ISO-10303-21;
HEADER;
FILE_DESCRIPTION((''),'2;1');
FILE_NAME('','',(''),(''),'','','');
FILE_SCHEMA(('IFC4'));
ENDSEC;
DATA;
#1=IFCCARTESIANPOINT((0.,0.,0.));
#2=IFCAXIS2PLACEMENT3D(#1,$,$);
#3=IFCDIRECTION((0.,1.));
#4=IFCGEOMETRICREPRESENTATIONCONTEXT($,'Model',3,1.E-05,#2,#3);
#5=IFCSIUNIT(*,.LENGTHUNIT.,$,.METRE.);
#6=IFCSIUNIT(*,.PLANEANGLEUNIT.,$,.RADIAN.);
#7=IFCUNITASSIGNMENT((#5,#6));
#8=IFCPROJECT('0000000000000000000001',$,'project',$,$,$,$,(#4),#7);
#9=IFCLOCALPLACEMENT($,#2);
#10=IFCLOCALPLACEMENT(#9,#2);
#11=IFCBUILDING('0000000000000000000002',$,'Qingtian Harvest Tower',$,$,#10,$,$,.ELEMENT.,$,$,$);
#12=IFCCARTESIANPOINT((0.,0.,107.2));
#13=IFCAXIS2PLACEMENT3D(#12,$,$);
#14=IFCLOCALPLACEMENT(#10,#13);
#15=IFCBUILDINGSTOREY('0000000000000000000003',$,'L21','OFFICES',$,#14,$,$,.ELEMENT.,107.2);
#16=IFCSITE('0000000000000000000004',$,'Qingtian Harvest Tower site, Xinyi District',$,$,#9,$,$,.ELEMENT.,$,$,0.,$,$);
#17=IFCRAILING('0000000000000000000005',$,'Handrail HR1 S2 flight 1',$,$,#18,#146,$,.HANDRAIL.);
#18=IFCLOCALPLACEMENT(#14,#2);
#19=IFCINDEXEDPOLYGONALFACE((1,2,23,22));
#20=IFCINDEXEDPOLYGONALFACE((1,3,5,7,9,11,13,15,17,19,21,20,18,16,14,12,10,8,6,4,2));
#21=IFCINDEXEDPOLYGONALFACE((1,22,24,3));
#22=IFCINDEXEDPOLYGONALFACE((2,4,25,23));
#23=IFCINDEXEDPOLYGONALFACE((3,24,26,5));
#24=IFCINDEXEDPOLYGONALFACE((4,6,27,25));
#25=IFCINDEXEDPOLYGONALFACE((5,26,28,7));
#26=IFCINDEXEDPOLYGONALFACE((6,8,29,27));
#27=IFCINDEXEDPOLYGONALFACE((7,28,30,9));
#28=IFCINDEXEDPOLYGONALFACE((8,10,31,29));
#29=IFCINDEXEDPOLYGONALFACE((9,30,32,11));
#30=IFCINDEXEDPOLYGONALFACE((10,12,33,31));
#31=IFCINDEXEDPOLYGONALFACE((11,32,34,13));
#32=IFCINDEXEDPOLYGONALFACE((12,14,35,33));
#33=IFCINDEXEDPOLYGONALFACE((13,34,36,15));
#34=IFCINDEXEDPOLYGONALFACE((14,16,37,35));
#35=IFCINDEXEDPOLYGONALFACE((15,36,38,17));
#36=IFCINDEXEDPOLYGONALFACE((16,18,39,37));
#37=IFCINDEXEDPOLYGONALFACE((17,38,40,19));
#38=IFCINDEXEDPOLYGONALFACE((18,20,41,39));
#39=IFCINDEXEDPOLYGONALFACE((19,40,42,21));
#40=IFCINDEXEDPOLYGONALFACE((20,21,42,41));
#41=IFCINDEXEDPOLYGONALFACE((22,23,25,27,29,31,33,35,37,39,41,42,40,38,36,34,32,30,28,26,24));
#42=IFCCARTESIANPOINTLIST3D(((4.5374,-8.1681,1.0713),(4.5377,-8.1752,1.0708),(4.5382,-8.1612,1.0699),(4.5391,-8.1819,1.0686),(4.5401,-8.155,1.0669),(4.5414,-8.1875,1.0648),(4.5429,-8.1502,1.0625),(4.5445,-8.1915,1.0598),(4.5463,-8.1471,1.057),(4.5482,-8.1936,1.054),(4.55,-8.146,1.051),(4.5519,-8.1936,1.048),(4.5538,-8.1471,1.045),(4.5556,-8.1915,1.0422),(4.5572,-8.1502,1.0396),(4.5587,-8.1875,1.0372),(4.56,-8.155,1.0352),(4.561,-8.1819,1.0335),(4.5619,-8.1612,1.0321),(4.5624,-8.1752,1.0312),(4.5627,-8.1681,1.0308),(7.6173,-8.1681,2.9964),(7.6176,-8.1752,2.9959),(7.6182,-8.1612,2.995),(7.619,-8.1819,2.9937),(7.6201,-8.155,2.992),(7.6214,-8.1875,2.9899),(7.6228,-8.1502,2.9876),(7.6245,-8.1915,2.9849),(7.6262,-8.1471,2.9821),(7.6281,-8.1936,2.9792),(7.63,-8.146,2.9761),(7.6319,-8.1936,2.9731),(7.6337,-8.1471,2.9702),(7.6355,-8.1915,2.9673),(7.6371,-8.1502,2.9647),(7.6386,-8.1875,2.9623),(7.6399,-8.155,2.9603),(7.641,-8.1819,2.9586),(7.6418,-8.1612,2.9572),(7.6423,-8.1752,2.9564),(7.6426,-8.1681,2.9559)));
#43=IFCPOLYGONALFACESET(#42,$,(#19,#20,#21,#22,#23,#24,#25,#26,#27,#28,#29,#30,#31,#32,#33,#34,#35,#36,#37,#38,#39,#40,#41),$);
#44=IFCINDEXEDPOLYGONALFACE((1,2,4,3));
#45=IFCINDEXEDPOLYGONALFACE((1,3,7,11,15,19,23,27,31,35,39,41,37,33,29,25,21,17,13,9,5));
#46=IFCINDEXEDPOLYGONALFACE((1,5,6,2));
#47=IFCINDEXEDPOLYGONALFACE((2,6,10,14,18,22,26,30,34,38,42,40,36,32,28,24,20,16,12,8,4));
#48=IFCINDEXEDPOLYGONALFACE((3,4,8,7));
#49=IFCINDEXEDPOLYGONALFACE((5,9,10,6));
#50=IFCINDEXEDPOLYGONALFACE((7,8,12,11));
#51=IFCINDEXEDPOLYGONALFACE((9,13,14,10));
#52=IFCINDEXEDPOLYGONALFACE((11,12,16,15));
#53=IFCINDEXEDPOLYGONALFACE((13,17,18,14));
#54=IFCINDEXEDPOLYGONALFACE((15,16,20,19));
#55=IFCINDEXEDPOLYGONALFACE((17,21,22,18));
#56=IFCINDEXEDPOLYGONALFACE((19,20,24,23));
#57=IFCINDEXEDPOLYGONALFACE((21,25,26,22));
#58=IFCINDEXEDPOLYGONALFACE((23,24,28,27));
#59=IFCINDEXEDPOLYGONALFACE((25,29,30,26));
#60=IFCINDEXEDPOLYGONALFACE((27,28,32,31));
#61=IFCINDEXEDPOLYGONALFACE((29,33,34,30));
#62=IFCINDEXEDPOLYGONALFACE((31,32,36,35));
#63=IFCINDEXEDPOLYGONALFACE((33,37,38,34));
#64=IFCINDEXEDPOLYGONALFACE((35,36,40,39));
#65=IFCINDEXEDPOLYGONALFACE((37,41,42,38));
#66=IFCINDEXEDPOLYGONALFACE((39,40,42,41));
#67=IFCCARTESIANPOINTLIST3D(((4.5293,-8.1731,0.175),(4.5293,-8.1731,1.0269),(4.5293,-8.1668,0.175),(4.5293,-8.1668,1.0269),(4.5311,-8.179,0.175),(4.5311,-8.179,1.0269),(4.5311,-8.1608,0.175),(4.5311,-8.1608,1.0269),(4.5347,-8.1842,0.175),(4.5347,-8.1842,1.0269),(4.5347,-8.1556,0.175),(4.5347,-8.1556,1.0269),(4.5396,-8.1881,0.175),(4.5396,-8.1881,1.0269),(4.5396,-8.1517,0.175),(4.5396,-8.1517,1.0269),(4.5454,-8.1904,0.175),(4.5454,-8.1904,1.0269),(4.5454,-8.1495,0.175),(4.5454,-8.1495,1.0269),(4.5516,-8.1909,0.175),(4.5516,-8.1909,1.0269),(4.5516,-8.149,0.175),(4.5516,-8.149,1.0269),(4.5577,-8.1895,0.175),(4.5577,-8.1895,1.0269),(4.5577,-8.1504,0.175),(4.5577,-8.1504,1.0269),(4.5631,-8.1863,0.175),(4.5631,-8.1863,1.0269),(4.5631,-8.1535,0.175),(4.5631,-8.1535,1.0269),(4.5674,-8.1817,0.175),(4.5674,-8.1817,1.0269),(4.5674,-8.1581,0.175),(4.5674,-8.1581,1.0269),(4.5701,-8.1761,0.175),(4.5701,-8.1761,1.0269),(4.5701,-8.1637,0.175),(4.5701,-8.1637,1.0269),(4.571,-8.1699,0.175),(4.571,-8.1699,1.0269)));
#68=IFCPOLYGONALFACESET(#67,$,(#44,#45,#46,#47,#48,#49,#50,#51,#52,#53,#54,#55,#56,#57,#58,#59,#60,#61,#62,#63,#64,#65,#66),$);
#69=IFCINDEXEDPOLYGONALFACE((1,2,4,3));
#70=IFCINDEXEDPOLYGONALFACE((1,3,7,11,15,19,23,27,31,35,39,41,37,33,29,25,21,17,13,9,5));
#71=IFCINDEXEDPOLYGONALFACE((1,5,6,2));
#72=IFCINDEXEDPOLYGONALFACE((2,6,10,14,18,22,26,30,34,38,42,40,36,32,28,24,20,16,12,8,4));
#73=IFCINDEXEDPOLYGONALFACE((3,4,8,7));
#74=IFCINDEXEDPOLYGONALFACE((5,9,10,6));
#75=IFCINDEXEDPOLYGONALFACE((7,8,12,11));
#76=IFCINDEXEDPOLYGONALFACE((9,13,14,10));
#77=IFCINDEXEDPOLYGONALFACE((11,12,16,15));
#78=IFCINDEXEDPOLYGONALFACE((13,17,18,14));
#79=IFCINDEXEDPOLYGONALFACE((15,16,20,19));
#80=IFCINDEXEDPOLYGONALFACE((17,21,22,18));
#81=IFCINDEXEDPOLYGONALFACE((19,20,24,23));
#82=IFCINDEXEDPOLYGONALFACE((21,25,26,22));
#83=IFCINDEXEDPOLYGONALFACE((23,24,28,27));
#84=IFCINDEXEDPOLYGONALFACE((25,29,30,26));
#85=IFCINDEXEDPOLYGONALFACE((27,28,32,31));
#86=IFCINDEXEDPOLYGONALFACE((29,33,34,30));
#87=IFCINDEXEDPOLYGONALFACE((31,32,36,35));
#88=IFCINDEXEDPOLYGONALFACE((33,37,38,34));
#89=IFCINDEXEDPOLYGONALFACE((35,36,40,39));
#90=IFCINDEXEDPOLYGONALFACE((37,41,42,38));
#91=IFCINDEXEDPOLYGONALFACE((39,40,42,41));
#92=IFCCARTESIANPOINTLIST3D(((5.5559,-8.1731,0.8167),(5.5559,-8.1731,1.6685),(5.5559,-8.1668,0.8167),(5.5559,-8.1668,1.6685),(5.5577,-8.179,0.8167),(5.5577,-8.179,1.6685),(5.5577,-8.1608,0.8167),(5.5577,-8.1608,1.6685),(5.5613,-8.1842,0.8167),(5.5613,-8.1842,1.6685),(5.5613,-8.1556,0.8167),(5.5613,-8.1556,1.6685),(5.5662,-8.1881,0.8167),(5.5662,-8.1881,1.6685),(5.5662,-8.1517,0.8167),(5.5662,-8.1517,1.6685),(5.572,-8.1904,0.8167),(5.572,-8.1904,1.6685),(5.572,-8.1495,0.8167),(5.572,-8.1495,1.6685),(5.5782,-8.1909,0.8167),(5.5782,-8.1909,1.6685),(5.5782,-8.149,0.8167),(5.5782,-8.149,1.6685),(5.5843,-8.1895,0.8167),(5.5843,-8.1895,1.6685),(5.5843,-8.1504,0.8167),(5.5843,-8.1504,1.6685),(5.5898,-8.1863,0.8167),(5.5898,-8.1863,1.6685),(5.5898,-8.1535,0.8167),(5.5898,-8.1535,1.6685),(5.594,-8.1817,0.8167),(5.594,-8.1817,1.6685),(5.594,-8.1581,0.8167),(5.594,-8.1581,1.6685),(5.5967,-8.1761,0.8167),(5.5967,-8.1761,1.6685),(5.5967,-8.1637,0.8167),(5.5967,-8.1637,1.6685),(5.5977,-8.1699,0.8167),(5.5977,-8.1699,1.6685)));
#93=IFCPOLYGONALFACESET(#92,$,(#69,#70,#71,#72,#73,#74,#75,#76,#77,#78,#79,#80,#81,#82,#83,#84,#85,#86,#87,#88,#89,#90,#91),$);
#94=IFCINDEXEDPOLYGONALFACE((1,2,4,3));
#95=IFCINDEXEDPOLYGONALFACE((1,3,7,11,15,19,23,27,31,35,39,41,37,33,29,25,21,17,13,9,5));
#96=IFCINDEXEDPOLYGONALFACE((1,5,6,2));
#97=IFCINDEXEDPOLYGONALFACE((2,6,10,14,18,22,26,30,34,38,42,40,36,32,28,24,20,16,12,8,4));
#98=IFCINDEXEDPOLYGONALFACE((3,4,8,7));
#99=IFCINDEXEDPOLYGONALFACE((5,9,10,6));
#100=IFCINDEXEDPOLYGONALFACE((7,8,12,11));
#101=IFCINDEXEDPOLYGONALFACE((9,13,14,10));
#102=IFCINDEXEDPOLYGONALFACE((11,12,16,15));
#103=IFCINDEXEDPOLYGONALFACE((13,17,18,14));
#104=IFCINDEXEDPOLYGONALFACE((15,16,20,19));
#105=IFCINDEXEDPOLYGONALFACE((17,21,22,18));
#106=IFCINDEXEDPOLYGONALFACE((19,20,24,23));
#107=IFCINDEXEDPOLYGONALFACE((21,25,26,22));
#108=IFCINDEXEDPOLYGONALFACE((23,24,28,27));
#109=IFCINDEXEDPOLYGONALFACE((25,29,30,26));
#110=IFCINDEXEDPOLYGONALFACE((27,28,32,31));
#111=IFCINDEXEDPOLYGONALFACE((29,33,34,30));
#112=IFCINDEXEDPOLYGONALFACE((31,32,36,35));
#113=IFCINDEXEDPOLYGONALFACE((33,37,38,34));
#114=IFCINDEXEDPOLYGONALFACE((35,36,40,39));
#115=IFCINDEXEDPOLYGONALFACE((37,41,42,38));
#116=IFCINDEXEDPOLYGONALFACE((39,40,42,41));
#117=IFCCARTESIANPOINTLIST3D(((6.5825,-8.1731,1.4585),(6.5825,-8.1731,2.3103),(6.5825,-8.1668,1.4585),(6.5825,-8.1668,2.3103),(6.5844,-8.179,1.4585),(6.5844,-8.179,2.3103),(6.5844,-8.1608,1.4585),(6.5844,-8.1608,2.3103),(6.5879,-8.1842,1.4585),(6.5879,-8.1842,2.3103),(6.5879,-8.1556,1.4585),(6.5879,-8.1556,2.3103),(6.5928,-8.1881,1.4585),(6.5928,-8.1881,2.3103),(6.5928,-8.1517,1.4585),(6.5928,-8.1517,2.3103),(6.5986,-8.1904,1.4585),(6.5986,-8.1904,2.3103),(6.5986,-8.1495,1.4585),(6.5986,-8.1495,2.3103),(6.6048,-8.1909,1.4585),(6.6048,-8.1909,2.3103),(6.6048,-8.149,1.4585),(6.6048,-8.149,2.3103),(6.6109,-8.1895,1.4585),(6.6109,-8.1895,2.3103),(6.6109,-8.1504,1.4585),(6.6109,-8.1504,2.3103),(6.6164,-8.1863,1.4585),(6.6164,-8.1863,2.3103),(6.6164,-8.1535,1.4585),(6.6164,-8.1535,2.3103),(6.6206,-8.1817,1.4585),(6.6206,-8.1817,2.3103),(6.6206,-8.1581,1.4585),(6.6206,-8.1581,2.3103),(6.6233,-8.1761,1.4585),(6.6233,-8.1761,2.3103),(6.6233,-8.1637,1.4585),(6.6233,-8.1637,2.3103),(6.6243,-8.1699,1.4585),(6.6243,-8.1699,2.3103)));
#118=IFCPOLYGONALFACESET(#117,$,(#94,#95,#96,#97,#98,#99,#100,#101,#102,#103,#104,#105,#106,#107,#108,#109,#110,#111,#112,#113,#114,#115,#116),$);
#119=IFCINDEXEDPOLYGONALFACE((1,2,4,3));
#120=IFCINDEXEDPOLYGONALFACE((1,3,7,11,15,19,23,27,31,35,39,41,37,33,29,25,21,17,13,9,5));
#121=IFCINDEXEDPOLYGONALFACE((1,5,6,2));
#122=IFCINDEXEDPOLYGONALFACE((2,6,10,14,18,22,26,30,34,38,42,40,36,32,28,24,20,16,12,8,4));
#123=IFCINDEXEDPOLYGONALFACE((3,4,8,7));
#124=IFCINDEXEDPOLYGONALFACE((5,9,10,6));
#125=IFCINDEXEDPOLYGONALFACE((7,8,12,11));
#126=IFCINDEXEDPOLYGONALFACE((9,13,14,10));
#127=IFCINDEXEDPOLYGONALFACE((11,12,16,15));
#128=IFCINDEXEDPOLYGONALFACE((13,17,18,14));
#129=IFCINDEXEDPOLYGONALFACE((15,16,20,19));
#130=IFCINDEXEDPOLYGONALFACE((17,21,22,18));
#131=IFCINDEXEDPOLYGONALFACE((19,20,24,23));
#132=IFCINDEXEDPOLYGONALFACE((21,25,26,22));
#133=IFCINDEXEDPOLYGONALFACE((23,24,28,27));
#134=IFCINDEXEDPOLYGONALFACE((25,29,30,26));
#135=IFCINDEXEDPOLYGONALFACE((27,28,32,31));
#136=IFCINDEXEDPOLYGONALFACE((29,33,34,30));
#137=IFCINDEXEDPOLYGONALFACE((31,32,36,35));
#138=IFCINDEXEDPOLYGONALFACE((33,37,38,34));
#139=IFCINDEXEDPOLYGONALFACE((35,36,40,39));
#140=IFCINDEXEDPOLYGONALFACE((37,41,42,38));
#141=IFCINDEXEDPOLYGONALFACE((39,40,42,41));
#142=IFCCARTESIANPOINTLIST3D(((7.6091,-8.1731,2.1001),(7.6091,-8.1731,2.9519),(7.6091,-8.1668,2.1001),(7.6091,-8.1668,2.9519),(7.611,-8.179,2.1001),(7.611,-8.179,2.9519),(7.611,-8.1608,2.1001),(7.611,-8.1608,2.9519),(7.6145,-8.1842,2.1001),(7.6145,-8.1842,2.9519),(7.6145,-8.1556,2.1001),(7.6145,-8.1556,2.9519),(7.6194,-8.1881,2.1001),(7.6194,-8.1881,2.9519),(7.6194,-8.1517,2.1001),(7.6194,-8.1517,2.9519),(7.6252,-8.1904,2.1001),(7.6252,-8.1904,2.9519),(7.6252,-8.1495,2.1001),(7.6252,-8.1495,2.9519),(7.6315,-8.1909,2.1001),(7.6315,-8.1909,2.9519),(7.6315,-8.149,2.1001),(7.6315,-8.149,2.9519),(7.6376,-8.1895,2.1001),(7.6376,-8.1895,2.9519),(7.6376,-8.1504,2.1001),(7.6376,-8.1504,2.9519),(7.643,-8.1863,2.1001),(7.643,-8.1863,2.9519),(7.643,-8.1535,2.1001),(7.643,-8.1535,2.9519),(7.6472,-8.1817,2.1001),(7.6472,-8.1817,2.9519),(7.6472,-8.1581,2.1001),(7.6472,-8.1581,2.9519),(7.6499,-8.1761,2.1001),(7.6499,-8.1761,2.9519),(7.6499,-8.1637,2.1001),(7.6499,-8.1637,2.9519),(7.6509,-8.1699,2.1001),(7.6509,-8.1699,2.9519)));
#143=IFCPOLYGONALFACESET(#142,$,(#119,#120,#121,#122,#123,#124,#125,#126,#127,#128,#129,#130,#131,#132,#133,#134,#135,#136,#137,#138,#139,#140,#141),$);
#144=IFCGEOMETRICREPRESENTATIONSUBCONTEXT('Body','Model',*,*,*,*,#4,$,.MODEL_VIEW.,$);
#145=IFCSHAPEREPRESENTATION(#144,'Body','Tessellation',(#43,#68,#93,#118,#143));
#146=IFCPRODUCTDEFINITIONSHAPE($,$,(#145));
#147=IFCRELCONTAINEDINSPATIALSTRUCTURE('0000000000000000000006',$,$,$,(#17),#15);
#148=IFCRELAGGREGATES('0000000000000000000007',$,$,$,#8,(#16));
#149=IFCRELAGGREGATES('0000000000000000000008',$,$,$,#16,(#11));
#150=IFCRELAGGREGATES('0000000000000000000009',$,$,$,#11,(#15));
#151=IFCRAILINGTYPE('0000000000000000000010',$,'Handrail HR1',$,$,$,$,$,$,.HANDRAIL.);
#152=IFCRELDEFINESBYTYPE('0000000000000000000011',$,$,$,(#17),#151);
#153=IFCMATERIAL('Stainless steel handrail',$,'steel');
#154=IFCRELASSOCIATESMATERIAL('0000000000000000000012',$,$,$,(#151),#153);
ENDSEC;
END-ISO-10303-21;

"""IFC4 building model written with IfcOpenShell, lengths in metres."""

from ifc_helpers import new_model, si_unit, direction, frame, origin, origin_2d, place, context, subcontext, project, spatial, circle, extrude, material, type_object, element, save


model = new_model("IFC4")

# Units and contexts
model_context = context("Model", 3, precision=1e-05, world=origin(), true_north=direction((0.0, 1.0)))
body_context = subcontext(model_context, "Body", "Model", "MODEL_VIEW")
ifc_project = project(units=[si_unit("LENGTHUNIT", "METRE"), si_unit("PLANEANGLEUNIT", "RADIAN")], contexts=[model_context])

# Site, building, storey
site_placement = place(None, origin())
site = spatial("IfcSite", under=ifc_project, at=site_placement, Name="Qingtian Harvest Tower site, Xinyi District", CompositionType="ELEMENT", RefElevation=0.0)
building_placement = place(site_placement, origin())
building = spatial("IfcBuilding", under=site, at=building_placement, Name="Qingtian Harvest Tower", CompositionType="ELEMENT")
storey_placement = place(building_placement, frame((0.0, 0.0, 107.2)))
storey = spatial("IfcBuildingStorey", under=building, at=storey_placement, Name="L21", Description="OFFICES", CompositionType="ELEMENT", Elevation=107.2)

# Railing
ifc_material_1 = material(Name="Stainless steel handrail", Category="steel")
railing_type = type_object("IfcRailingType", Name="Handrail HR1", PredefinedType="HANDRAIL", material=ifc_material_1)
railing_1_placement = place(storey_placement, frame((4.55, -8.1699, 0.175)))
element("IfcRailing", 1, at=railing_1_placement, inside=storey, type_object=railing_type, Name="Handrail HR1 S2 flight 1", PredefinedType="HANDRAIL", context=body_context, shape_type="SweptSolid", body=[
    extrude(circle(Radius=0.0239, at=origin_2d()), frame((0.0, 0.0, 0.876), z_axis=(0.847979, 0.0, 0.530029), x_axis=(0.0, 1.0, 0.0)), (0.0, 0.0, 1.0), 3.6321),
    extrude(circle(Radius=0.021, at=origin_2d()), origin(), (0.0, 0.0, 1.0), 0.8518),
    extrude(circle(Radius=0.021, at=origin_2d()), frame((1.0266, 0.0, 0.6416)), (0.0, 0.0, 1.0), 0.8518),
    extrude(circle(Radius=0.021, at=origin_2d()), frame((2.0532, 0.0, 1.2834)), (0.0, 0.0, 1.0), 0.8518),
    extrude(circle(Radius=0.021, at=origin_2d()), frame((3.0798, 0.0, 1.925)), (0.0, 0.0, 1.0), 0.8518),
])

save(model, "model.ifc")
